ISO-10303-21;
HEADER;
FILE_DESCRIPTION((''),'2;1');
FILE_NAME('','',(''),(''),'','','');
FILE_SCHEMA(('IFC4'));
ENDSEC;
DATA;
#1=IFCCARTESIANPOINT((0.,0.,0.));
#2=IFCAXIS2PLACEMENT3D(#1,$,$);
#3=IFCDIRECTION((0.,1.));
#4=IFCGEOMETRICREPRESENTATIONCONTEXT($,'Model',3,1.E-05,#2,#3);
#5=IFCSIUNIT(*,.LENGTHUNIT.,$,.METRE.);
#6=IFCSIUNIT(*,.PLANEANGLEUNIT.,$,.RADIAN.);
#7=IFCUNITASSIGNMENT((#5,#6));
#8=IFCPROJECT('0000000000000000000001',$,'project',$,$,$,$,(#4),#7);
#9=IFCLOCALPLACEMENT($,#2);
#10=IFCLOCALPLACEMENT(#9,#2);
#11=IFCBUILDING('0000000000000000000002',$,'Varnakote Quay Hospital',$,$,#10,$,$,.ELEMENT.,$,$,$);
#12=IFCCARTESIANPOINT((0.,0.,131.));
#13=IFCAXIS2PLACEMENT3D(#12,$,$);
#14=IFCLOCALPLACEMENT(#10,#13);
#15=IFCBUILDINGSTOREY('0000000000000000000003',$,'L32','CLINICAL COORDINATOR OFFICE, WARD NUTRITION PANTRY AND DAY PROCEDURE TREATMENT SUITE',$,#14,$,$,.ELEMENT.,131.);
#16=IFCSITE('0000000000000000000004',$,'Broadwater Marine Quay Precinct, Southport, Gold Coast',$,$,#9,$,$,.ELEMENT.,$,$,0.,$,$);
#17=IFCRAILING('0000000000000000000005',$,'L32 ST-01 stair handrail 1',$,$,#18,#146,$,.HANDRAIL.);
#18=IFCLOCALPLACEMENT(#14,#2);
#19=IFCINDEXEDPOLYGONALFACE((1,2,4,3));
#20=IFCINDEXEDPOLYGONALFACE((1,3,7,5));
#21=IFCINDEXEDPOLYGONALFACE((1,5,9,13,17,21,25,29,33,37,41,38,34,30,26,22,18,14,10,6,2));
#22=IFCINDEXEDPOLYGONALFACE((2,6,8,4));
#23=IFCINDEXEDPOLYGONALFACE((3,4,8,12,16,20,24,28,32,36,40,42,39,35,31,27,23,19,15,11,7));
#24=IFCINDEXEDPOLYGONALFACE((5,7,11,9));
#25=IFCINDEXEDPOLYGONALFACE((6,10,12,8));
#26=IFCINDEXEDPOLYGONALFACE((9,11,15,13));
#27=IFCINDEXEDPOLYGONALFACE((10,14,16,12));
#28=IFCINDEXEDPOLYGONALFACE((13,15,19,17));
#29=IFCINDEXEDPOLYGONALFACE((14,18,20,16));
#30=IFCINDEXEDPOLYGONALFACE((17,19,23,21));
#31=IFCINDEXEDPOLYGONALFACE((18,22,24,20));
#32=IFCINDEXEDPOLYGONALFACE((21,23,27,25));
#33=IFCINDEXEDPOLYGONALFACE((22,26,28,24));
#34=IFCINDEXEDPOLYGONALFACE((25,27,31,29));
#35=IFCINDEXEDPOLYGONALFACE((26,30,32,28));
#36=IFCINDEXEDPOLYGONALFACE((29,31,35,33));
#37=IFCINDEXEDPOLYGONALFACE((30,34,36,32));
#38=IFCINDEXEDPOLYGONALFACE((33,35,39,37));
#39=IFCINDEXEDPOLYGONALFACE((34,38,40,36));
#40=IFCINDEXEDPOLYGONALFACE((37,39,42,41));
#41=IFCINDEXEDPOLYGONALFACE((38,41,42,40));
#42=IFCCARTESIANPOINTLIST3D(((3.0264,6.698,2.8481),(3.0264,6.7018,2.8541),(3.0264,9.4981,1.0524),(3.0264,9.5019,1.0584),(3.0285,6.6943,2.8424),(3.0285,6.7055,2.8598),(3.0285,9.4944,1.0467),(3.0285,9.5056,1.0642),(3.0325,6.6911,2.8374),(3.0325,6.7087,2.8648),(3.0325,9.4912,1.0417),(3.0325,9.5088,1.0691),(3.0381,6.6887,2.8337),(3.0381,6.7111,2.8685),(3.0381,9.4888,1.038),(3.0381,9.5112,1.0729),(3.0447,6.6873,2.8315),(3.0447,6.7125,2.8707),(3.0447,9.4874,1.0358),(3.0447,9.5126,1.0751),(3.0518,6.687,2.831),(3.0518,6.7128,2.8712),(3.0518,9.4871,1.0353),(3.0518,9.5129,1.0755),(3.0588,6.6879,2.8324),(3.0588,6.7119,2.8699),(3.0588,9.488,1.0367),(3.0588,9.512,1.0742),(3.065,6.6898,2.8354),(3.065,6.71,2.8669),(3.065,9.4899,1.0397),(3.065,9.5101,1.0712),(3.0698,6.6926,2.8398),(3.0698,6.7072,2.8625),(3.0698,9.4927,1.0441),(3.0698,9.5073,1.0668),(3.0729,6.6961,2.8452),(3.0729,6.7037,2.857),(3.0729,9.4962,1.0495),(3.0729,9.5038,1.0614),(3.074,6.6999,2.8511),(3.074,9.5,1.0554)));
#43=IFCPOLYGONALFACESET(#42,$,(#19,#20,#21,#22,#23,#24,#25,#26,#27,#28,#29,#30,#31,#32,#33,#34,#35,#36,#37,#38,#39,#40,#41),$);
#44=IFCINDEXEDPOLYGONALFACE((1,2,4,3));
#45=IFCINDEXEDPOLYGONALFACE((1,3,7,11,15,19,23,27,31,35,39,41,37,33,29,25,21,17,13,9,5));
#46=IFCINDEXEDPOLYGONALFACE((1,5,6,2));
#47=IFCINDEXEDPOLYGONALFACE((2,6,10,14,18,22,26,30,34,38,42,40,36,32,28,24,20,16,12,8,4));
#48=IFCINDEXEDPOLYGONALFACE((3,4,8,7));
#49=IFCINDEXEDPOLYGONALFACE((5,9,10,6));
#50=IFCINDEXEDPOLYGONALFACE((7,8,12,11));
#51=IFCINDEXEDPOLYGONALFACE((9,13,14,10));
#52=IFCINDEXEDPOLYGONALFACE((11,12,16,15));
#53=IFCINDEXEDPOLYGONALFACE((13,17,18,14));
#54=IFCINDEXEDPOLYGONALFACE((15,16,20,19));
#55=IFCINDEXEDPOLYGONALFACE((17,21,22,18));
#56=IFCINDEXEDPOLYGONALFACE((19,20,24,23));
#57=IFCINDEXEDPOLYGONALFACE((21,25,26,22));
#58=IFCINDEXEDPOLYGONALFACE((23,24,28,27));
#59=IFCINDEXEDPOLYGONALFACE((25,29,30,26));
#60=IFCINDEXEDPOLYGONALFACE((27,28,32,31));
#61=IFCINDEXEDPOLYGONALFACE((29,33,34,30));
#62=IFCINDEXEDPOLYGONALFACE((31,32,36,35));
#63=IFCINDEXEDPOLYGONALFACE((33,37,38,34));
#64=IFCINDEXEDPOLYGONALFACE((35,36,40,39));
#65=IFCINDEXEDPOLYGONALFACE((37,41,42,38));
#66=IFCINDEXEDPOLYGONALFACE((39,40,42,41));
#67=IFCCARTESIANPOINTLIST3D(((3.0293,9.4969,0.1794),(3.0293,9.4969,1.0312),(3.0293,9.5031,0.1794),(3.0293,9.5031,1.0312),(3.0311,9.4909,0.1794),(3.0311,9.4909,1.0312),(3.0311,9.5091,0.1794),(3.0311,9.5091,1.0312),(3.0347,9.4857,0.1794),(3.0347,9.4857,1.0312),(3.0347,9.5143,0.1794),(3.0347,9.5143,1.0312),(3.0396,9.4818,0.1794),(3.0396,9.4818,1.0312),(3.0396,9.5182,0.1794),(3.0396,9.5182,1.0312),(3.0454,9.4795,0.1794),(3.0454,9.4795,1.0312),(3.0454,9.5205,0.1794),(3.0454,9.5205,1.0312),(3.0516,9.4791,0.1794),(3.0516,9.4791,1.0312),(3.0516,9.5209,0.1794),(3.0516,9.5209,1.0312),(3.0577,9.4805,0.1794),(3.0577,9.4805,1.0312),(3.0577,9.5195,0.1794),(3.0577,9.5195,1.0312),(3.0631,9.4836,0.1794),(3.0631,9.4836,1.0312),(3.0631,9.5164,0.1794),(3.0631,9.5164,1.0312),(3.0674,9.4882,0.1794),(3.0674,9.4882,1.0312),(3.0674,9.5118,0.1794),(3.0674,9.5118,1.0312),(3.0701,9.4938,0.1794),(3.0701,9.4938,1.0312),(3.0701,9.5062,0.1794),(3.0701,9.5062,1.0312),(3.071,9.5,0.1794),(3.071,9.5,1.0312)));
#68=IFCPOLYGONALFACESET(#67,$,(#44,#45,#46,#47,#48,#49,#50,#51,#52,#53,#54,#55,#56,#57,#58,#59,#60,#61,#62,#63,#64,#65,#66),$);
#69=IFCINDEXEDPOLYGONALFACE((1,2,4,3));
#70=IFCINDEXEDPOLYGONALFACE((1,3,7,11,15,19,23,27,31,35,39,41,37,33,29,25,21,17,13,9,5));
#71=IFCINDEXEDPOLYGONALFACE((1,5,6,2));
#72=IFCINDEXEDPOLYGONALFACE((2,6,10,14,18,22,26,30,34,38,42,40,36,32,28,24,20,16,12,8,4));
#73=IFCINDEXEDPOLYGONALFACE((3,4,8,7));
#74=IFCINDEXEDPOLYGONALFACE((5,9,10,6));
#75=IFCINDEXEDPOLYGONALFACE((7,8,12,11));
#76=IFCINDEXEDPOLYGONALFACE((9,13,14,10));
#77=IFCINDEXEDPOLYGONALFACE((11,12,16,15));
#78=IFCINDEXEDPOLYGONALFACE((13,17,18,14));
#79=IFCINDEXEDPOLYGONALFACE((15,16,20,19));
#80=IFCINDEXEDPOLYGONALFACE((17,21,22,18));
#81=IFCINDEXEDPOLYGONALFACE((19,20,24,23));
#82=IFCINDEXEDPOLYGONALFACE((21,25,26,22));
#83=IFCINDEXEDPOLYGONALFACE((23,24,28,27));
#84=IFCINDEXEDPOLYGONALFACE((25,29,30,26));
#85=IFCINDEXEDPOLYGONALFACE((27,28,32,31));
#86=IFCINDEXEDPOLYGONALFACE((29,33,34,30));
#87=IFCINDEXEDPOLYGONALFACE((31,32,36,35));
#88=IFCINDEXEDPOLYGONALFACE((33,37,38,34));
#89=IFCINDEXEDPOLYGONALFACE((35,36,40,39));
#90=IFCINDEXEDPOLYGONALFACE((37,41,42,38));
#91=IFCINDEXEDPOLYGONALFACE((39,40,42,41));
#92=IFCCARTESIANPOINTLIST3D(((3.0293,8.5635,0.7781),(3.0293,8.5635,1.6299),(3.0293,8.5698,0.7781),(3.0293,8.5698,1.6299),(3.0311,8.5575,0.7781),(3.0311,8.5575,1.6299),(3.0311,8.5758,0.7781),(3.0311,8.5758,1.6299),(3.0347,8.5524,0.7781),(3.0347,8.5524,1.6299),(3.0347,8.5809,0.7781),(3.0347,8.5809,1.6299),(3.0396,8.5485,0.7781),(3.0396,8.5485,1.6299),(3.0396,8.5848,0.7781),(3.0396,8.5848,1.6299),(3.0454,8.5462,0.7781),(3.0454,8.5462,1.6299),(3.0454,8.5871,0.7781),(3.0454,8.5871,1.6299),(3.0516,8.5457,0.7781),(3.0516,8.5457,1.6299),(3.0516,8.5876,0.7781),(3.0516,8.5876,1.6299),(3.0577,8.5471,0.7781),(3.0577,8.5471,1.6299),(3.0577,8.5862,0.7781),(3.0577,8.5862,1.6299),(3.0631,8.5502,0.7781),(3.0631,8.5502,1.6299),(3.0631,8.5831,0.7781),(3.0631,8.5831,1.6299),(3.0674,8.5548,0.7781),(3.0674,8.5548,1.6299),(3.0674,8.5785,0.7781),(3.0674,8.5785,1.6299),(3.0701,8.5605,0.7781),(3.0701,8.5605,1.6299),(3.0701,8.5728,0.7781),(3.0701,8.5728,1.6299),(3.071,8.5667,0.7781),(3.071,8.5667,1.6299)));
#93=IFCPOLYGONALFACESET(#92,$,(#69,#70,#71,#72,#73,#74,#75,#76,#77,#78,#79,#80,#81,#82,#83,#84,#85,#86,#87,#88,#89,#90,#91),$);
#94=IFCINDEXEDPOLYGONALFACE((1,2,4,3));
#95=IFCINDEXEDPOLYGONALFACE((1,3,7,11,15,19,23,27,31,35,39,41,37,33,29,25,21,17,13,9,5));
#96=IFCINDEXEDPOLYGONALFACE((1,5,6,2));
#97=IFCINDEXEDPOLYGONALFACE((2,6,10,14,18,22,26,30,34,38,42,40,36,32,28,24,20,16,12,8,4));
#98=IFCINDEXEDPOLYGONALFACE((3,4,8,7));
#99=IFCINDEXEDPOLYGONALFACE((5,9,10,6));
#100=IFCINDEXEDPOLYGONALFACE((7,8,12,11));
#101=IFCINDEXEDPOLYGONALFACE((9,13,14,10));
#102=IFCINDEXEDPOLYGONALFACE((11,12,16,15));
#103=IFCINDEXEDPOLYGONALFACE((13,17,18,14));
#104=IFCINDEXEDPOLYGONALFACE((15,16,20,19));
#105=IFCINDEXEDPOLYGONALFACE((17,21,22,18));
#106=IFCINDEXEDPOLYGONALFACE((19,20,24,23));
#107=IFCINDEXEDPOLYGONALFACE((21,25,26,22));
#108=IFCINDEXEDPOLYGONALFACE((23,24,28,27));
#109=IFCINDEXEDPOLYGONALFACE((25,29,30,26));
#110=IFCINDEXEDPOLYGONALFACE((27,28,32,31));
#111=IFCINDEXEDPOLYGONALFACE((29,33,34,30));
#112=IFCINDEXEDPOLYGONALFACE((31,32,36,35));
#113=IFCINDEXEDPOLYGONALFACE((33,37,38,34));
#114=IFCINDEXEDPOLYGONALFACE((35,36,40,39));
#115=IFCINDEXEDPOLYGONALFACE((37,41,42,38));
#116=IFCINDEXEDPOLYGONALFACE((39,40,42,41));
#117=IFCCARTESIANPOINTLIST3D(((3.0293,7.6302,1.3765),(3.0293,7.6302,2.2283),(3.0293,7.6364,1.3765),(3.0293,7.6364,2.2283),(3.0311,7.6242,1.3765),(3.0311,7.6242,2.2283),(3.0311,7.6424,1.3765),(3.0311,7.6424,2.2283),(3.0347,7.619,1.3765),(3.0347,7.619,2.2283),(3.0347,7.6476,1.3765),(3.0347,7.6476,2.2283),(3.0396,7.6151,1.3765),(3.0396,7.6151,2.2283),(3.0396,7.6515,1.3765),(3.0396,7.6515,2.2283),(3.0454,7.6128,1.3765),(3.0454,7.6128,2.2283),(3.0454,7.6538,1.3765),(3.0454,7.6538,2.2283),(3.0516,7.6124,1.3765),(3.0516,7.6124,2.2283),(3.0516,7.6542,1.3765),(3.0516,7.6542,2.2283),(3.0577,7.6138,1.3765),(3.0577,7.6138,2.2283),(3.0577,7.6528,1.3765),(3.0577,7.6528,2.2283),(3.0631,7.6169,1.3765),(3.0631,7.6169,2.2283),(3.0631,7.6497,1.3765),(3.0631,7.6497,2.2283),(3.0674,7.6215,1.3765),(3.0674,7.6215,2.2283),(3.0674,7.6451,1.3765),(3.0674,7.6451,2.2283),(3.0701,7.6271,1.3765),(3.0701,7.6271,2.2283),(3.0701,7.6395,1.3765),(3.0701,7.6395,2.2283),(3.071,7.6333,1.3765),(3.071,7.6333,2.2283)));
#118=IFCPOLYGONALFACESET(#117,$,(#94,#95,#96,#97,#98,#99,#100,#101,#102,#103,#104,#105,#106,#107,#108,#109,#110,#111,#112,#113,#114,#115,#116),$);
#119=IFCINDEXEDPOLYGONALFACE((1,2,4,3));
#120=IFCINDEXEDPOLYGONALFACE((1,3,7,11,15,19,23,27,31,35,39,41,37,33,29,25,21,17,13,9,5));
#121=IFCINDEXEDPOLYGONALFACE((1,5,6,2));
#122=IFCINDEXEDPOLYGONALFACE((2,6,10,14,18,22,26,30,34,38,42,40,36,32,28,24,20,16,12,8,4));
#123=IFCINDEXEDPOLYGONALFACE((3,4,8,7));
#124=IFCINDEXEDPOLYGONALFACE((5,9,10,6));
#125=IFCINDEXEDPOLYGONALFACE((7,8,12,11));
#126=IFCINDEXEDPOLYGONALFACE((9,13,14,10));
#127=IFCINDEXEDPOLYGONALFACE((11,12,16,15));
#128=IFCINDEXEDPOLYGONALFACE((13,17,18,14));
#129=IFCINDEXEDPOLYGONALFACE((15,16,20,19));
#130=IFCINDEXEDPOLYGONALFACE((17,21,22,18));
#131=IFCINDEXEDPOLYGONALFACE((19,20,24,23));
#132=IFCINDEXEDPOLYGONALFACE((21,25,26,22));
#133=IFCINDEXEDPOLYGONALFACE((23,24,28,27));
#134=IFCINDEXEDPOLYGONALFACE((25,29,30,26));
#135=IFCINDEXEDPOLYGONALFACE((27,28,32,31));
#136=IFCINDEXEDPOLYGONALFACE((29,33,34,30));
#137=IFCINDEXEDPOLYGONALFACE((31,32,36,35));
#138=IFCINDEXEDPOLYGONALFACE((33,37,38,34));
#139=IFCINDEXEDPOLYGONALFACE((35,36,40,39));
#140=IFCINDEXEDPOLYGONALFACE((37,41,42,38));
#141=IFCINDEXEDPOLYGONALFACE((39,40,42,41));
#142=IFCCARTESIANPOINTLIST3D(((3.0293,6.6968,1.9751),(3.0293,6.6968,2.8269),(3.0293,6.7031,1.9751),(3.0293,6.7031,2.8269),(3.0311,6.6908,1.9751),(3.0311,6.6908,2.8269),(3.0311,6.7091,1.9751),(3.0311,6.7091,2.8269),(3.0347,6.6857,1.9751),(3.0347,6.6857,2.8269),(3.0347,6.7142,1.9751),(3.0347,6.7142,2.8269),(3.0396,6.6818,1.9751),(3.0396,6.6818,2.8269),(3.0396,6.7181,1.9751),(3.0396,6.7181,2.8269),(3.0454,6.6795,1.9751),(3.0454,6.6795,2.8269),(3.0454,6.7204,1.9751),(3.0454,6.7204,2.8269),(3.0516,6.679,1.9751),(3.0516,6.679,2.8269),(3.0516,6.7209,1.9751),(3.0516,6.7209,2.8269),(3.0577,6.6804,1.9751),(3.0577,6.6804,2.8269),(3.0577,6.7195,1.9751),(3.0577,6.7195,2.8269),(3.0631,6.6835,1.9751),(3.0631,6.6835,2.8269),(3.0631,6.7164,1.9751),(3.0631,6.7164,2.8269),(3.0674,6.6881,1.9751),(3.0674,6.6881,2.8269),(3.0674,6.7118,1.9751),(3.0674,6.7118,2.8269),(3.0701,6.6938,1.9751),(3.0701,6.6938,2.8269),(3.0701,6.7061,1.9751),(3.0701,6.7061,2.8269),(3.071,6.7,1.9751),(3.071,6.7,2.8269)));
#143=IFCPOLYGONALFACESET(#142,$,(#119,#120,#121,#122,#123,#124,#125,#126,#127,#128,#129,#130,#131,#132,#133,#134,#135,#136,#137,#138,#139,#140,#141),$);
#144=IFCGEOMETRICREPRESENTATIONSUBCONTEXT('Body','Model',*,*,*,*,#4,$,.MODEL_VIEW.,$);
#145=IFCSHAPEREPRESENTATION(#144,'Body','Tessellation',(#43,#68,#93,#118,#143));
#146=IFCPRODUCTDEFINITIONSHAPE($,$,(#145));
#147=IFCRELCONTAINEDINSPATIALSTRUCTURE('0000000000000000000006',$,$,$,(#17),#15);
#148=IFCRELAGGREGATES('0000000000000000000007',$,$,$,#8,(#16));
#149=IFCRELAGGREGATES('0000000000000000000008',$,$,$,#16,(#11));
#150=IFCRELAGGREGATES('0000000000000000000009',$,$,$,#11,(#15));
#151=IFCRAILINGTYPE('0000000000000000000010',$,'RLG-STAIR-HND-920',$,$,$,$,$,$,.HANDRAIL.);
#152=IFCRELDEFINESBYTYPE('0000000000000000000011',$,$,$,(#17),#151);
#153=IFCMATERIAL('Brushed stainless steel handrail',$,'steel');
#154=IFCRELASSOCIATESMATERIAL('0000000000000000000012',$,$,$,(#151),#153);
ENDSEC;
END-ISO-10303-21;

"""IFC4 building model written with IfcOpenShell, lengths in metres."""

from ifc_helpers import new_model, si_unit, direction, frame, origin, origin_2d, place, context, subcontext, project, spatial, circle, extrude, material, type_object, element, save


model = new_model("IFC4")

# Units and contexts
model_context = context("Model", 3, precision=1e-05, world=origin(), true_north=direction((0.0, 1.0)))
body_context = subcontext(model_context, "Body", "Model", "MODEL_VIEW")
ifc_project = project(units=[si_unit("LENGTHUNIT", "METRE"), si_unit("PLANEANGLEUNIT", "RADIAN")], contexts=[model_context])

# Site, building, storey
site_placement = place(None, origin())
site = spatial("IfcSite", under=ifc_project, at=site_placement, Name="Broadwater Marine Quay Precinct, Southport, Gold Coast", CompositionType="ELEMENT", RefElevation=0.0)
building_placement = place(site_placement, origin())
building = spatial("IfcBuilding", under=site, at=building_placement, Name="Varnakote Quay Hospital", CompositionType="ELEMENT")
storey_placement = place(building_placement, frame((0.0, 0.0, 131.0)))
storey = spatial("IfcBuildingStorey", under=building, at=storey_placement, Name="L32", Description="CLINICAL COORDINATOR OFFICE, WARD NUTRITION PANTRY AND DAY PROCEDURE TREATMENT SUITE", CompositionType="ELEMENT", Elevation=131.0)

# Railing
ifc_material_1 = material(Name="Brushed stainless steel handrail", Category="steel")
railing_type_1 = type_object("IfcRailingType", Name="RLG-STAIR-HND-920", PredefinedType="HANDRAIL", material=ifc_material_1)
railing_1_placement = place(storey_placement, frame((3.05, 9.5, 0.1794)))
element("IfcRailing", 1, at=railing_1_placement, inside=storey, type_object=railing_type_1, Name="L32 ST-01 stair handrail 1", PredefinedType="HANDRAIL", context=body_context, shape_type="SweptSolid", body=[
    extrude(circle(Radius=0.0239, at=origin_2d()), frame((0.0, 0.0, 0.876), z_axis=(0.0, -0.841777, 0.539826), x_axis=(1.0, 0.0, 0.0)), (0.0, 0.0, 1.0), 3.3264),
    extrude(circle(Radius=0.021, at=origin_2d()), origin(), (0.0, 0.0, 1.0), 0.8518),
    extrude(circle(Radius=0.021, at=origin_2d()), frame((0.0, -0.9333, 0.5986)), (0.0, 0.0, 1.0), 0.8518),
    extrude(circle(Radius=0.021, at=origin_2d()), frame((0.0, -1.8667, 1.197)), (0.0, 0.0, 1.0), 0.8518),
    extrude(circle(Radius=0.021, at=origin_2d()), frame((0.0, -2.8, 1.7957)), (0.0, 0.0, 1.0), 0.8518),
])

save(model, "model.ifc")
